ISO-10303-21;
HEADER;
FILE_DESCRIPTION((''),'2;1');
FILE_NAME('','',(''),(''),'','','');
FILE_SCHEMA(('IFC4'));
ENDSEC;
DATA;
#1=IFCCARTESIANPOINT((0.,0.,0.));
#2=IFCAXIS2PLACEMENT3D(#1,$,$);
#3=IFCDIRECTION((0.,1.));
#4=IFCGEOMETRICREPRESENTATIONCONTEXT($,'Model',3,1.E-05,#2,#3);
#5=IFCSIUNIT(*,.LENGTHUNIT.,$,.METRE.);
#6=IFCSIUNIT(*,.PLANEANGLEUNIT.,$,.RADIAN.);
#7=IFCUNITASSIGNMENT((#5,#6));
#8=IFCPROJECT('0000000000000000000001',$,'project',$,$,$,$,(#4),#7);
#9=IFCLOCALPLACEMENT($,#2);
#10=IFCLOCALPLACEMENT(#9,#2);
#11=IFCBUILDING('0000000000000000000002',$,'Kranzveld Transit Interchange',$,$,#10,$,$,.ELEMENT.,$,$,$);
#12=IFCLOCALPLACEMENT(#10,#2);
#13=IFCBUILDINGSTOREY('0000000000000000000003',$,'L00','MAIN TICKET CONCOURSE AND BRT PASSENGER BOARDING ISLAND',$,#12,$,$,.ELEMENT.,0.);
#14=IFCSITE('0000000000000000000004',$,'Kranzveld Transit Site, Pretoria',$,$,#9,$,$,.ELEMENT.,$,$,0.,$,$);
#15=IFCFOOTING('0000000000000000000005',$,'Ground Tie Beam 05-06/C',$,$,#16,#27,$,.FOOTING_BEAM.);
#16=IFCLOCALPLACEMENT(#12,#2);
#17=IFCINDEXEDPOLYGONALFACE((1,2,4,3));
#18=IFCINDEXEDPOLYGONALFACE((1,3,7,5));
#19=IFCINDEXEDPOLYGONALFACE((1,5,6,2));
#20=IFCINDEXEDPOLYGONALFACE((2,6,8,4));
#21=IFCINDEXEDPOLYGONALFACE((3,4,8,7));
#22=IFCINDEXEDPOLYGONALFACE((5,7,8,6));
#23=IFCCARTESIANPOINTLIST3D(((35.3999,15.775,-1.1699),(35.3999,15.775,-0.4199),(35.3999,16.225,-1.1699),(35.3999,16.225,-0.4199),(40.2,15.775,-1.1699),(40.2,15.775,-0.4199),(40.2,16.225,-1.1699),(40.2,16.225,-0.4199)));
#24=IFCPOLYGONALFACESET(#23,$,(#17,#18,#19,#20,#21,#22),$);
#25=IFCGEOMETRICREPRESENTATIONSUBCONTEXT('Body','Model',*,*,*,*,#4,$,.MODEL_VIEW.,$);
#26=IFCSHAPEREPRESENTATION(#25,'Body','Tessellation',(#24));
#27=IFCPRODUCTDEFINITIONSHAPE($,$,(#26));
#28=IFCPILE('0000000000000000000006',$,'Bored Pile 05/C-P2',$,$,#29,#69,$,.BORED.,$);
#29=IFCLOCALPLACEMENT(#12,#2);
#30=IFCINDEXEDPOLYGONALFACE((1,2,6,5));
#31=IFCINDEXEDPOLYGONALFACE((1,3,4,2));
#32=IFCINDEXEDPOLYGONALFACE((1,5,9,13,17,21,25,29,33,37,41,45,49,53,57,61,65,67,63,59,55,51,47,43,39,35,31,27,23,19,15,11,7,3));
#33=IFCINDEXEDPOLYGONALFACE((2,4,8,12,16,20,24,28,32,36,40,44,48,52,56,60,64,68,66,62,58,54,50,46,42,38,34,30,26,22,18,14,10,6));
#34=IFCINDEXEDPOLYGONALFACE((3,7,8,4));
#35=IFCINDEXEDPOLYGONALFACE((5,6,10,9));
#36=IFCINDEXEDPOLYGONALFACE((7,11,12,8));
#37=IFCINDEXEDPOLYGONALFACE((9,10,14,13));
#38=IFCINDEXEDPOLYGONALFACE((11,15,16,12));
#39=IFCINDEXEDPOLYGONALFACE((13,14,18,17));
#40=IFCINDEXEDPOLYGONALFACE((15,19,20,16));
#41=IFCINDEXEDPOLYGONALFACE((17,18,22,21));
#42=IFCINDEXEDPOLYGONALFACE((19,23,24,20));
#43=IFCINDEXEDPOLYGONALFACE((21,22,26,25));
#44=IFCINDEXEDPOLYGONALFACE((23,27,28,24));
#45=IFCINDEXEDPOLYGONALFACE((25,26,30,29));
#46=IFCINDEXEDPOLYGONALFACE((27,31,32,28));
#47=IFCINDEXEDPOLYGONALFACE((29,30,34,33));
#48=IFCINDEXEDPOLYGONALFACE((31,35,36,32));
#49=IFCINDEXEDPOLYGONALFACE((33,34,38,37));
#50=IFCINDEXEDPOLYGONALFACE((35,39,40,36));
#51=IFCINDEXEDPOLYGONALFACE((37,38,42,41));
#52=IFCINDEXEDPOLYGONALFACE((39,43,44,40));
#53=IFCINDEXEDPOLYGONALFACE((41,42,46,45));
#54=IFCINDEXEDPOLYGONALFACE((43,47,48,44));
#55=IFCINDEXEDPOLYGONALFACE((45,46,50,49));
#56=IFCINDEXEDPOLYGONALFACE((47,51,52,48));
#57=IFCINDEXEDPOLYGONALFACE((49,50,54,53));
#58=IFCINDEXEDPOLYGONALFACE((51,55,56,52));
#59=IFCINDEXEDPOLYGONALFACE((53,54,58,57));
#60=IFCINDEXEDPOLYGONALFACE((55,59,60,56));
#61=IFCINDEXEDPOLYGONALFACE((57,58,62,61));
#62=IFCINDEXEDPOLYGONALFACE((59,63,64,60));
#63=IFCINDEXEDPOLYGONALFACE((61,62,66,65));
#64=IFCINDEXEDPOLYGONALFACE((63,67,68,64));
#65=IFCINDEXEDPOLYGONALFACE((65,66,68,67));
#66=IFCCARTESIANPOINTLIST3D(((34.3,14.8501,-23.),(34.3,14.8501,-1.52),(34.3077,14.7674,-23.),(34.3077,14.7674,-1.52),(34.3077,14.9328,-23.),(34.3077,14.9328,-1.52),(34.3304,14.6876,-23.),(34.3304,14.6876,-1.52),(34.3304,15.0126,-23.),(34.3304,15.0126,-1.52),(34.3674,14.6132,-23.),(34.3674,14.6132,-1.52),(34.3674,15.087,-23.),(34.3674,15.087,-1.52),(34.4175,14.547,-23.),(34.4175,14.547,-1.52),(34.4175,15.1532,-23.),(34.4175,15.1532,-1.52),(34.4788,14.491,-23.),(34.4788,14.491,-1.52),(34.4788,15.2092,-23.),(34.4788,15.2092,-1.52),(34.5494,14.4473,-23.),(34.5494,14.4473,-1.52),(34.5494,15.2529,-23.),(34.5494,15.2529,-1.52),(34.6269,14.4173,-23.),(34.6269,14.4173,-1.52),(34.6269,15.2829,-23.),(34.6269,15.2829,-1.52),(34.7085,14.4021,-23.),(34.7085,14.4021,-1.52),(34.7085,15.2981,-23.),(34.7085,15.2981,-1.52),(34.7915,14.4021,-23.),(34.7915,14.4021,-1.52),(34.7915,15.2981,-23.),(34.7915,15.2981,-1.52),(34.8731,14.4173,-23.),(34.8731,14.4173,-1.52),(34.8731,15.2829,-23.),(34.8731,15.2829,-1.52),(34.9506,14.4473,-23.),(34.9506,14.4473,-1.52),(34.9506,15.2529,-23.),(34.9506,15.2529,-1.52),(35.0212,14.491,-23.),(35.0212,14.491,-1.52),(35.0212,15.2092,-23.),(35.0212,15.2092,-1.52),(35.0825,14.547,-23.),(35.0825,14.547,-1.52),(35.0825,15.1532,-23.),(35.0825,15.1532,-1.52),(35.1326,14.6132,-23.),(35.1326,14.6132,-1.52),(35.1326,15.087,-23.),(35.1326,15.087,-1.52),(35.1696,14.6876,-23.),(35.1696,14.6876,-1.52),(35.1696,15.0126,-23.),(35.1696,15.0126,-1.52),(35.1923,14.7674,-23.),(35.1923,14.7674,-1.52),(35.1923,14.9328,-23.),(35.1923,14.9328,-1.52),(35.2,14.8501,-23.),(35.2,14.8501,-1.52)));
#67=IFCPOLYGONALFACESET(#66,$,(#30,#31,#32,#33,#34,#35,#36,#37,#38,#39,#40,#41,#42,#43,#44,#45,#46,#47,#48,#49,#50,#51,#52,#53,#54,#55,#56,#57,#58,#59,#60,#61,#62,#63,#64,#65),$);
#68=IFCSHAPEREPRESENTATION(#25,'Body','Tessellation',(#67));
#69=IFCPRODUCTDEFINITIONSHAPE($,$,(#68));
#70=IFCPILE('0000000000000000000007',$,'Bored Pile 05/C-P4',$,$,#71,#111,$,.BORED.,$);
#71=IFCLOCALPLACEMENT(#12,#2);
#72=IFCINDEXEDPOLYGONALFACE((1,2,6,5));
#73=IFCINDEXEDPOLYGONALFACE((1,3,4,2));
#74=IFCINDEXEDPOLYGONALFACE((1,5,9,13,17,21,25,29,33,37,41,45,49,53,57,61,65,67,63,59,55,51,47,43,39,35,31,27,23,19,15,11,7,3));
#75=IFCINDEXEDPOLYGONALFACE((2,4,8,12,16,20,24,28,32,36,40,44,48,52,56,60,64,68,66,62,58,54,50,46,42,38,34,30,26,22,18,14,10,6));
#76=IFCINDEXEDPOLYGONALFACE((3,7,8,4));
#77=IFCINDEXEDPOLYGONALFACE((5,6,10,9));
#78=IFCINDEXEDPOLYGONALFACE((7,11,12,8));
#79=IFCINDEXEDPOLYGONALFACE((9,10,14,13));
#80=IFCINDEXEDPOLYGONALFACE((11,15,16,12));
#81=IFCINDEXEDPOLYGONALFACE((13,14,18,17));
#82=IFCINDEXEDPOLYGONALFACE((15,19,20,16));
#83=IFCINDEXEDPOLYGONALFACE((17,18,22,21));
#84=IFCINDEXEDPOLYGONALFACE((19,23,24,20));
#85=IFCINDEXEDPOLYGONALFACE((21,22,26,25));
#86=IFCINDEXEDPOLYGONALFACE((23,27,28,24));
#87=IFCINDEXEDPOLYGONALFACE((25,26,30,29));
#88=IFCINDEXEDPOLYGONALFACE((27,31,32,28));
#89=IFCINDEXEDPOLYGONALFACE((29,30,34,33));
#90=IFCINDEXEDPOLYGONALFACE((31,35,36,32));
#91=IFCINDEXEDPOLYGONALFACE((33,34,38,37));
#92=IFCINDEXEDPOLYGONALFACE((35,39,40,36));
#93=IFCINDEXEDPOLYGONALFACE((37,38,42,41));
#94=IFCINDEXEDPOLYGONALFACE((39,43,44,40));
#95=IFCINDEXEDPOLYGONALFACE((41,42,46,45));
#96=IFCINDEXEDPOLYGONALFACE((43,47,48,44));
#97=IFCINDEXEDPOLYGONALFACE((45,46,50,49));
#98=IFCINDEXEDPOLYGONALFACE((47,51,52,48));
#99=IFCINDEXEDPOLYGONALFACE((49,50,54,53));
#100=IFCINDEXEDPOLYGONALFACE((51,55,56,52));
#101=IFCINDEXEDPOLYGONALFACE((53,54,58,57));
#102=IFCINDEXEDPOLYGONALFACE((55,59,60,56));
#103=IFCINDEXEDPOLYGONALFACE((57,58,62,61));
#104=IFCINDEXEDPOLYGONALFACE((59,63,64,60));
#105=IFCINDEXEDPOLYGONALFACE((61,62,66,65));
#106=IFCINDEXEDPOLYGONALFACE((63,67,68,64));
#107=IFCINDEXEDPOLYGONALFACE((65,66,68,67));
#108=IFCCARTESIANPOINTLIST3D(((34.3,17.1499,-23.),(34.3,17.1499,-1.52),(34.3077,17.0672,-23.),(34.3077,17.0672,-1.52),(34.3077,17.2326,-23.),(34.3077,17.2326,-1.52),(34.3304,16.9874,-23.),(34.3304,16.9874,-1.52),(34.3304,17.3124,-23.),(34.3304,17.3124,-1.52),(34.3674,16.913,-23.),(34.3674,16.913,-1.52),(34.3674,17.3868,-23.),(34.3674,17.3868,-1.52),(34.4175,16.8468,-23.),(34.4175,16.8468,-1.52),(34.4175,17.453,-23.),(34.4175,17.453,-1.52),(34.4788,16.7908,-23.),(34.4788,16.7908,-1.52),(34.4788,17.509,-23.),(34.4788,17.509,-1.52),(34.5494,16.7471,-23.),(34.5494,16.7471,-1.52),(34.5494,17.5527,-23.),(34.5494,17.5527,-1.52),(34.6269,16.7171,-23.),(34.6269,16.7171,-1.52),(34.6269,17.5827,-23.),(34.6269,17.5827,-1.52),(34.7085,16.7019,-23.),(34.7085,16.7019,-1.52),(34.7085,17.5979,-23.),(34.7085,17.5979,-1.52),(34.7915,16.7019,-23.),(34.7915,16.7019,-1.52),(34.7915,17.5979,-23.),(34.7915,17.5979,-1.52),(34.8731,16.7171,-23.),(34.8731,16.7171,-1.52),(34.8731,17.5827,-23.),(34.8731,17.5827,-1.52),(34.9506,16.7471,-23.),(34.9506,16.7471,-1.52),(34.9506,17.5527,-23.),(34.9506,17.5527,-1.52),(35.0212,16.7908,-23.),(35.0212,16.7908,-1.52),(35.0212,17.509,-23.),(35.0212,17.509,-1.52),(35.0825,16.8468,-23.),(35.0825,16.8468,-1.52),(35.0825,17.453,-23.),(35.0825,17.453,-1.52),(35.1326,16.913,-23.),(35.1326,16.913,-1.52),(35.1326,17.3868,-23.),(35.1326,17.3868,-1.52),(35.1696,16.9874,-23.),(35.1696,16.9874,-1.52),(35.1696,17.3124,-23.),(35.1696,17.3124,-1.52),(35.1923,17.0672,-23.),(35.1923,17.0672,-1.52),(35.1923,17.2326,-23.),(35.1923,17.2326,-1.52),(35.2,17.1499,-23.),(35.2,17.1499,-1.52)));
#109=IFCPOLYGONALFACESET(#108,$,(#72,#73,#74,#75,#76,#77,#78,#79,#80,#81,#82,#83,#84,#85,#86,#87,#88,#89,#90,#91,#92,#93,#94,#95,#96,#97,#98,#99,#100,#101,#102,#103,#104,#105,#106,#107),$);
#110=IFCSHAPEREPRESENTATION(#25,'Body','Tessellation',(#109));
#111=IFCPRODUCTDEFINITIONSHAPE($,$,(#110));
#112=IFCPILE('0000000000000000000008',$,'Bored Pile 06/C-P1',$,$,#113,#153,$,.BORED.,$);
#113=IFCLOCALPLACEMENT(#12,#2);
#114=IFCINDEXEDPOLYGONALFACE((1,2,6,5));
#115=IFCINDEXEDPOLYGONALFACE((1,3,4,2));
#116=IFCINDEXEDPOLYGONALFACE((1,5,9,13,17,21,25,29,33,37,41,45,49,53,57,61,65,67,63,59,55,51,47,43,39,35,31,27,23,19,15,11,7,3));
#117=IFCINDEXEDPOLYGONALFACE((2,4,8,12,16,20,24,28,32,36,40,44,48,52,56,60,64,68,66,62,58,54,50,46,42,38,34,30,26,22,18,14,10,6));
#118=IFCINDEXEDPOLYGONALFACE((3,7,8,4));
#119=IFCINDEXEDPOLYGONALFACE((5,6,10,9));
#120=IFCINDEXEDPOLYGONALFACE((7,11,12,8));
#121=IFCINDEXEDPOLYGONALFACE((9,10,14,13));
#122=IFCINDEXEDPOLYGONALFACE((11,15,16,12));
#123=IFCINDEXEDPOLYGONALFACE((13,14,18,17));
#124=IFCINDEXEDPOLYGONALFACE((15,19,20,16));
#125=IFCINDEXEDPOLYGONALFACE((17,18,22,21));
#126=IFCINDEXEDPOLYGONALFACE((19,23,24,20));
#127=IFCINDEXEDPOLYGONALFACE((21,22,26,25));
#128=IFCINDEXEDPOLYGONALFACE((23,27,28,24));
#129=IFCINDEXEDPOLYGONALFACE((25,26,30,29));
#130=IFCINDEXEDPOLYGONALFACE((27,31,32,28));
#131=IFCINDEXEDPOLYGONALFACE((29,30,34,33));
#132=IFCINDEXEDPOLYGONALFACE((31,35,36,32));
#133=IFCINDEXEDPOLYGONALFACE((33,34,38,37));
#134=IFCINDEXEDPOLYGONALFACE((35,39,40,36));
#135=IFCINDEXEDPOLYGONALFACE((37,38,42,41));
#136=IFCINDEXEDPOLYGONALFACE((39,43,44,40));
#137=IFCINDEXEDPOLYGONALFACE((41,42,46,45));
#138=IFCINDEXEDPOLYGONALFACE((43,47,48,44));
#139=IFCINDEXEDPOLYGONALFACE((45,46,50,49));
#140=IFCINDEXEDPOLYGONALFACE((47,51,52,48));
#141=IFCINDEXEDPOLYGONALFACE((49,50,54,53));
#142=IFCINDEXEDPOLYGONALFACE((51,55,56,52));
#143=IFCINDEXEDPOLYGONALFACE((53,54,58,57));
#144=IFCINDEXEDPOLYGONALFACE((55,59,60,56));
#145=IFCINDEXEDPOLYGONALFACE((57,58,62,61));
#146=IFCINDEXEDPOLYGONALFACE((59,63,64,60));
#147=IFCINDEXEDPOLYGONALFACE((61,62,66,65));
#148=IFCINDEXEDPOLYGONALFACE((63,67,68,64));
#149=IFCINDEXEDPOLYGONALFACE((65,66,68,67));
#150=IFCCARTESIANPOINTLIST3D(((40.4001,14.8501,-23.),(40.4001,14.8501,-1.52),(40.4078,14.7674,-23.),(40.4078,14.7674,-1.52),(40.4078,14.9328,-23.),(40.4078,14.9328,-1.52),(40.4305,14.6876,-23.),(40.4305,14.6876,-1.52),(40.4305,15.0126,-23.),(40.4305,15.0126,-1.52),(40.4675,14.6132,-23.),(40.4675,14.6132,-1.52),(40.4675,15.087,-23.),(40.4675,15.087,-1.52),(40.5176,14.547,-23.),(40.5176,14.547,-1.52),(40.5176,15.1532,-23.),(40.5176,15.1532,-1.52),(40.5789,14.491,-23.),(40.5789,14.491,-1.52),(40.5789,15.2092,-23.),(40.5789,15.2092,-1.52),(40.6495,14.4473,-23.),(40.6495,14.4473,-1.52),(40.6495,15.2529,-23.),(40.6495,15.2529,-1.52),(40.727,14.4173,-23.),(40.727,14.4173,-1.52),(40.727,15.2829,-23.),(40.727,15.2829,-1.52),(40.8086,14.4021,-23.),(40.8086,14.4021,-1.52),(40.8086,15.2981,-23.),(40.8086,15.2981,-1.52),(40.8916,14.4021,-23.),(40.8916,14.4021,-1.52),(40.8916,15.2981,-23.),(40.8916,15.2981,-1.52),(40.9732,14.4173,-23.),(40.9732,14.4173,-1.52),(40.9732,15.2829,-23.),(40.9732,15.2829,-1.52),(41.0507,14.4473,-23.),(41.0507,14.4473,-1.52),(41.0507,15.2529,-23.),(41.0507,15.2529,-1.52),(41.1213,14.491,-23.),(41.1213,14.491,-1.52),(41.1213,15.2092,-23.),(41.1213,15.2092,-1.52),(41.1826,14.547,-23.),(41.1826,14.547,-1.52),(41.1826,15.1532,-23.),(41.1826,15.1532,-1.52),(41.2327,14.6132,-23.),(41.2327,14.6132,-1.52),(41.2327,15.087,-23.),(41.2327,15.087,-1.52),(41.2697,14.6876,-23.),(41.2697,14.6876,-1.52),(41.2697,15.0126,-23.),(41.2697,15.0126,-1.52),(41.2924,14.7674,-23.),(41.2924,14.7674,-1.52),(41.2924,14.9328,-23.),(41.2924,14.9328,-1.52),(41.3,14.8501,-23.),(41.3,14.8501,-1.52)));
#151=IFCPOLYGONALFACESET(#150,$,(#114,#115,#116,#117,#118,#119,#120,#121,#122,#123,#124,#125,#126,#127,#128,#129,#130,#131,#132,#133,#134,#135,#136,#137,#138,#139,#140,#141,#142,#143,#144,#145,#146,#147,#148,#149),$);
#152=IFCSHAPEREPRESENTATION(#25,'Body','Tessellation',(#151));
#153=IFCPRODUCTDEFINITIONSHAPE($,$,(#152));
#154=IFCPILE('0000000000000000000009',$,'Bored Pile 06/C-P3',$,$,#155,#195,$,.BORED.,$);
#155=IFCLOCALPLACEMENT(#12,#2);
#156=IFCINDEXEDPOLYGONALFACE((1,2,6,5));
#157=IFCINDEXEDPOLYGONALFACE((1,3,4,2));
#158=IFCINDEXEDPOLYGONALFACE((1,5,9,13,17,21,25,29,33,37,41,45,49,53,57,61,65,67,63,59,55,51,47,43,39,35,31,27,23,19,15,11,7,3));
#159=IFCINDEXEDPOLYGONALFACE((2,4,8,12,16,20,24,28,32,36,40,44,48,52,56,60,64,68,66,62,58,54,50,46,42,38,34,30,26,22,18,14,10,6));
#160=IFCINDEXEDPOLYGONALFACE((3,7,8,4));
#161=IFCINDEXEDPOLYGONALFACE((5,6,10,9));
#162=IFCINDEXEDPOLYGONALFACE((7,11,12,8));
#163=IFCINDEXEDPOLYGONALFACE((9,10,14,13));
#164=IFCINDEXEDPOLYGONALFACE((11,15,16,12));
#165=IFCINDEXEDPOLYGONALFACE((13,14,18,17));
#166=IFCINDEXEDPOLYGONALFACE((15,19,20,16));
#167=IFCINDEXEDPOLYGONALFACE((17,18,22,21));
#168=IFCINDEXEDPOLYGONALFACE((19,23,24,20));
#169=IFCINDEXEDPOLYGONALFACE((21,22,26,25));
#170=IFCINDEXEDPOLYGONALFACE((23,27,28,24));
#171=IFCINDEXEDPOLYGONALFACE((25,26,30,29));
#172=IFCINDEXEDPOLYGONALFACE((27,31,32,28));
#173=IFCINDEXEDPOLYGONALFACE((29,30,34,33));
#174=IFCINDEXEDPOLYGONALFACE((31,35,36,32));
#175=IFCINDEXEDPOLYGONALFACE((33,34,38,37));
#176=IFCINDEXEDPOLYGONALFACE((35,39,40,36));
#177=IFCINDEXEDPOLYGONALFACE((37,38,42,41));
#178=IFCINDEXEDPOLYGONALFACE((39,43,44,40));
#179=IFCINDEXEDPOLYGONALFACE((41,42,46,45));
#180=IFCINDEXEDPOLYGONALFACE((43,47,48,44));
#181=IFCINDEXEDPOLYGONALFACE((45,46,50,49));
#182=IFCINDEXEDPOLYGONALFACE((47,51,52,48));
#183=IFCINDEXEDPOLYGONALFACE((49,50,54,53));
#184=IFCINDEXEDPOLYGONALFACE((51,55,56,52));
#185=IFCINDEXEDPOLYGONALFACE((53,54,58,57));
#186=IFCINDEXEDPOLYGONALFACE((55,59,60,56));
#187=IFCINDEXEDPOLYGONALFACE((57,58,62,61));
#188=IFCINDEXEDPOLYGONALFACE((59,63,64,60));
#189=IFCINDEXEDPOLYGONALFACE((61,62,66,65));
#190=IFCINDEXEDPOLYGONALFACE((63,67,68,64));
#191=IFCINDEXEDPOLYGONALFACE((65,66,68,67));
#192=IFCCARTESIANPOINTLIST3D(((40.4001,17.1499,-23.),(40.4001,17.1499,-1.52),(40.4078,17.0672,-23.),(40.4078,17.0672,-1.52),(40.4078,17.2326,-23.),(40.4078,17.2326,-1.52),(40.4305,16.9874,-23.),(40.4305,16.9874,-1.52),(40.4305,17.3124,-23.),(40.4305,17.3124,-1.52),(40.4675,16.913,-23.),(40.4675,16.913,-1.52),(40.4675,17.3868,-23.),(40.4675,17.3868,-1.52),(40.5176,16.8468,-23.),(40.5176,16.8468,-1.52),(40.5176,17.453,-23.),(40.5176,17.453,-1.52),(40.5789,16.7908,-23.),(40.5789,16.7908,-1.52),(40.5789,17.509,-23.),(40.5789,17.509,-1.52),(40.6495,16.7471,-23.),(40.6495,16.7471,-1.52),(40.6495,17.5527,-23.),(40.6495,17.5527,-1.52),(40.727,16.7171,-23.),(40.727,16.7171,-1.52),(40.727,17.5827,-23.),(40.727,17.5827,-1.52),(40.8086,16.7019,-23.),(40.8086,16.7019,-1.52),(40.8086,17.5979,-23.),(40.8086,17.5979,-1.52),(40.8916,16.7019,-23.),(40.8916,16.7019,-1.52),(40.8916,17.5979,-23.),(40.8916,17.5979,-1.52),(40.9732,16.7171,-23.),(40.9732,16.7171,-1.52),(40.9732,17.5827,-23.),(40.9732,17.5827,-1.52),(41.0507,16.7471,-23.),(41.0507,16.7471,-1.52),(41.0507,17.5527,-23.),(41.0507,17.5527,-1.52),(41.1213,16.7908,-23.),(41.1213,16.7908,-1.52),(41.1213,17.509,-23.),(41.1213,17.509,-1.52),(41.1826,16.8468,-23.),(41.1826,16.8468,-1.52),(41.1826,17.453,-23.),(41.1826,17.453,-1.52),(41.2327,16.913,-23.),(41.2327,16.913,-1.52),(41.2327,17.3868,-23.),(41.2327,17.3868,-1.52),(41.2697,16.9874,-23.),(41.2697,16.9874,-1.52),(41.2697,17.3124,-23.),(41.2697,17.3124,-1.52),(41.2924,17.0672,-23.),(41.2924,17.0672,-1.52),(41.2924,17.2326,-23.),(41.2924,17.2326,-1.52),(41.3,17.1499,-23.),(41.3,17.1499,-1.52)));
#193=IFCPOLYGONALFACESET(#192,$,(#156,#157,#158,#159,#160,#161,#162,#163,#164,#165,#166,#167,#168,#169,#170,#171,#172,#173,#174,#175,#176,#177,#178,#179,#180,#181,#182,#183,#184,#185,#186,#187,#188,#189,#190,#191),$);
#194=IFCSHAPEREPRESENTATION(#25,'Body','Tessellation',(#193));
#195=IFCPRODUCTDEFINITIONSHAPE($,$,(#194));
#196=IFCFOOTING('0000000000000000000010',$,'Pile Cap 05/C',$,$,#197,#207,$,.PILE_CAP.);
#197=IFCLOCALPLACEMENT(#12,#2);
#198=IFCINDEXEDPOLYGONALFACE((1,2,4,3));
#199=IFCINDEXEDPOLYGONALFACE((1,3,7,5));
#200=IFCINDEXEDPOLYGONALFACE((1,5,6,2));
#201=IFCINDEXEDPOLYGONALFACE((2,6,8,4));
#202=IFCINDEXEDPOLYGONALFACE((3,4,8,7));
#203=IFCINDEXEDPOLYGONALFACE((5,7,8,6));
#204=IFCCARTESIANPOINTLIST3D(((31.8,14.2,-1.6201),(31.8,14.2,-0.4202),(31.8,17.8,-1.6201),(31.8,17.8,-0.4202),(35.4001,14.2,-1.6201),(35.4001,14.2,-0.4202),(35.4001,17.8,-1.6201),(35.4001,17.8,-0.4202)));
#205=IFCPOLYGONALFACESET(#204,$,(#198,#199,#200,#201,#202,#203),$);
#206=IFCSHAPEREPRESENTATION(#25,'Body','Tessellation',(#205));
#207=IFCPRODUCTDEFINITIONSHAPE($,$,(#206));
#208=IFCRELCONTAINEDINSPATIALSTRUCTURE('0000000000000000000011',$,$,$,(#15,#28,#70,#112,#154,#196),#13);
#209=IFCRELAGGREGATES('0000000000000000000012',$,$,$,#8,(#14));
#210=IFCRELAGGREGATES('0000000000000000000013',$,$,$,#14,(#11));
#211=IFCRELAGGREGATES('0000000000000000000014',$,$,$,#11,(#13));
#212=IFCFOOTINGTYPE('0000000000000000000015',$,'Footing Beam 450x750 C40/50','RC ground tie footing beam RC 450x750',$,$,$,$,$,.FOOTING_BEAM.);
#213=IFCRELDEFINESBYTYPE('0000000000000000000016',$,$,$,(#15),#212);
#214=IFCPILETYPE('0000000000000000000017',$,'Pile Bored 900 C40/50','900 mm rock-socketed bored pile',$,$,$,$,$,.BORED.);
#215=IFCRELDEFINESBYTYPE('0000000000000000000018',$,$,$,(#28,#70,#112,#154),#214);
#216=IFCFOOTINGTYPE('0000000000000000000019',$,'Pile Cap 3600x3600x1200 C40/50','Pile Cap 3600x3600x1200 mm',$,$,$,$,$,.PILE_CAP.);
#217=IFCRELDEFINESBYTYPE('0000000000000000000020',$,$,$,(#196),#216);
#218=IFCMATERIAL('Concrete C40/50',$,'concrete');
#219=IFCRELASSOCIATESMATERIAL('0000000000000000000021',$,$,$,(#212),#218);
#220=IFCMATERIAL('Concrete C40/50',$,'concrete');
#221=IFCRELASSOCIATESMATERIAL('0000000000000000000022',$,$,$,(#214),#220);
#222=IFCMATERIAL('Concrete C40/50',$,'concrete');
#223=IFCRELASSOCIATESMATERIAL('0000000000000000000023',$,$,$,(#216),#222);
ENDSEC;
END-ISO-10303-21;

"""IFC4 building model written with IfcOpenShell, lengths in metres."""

from ifc_helpers import new_model, si_unit, direction, frame, origin, origin_2d, place, context, subcontext, project, spatial, rectangle, circle, extrude, material, material_profile, profile_set, type_object, element, save


model = new_model("IFC4")

# Units and contexts
model_context = context("Model", 3, precision=1e-05, world=origin(), true_north=direction((0.0, 1.0)))
body_context = subcontext(model_context, "Body", "Model", "MODEL_VIEW")
ifc_project = project(units=[si_unit("LENGTHUNIT", "METRE"), si_unit("PLANEANGLEUNIT", "RADIAN")], contexts=[model_context])

# Site, building, storey
site_placement = place(None, origin())
site = spatial("IfcSite", under=ifc_project, at=site_placement, Name="Kranzveld Transit Site, Pretoria", CompositionType="ELEMENT", RefElevation=0.0)
building_placement = place(site_placement, origin())
building = spatial("IfcBuilding", under=site, at=building_placement, Name="Kranzveld Transit Interchange", CompositionType="ELEMENT")
storey_placement = place(building_placement, origin())
storey = spatial("IfcBuildingStorey", under=building, at=storey_placement, Name="L00", Description="MAIN TICKET CONCOURSE AND BRT PASSENGER BOARDING ISLAND", CompositionType="ELEMENT", Elevation=0.0)

# Footing
ifc_material_1 = material(Name="Concrete C40/50", Category="concrete")
ifc_material_profile_1 = material_profile(ifc_material_1, rectangle(XDim=0.45, YDim=0.75, at=origin_2d()), Name="RC 450x750")
ifc_profile_set_1 = profile_set([ifc_material_profile_1], Name="Concrete C40/50")
footing_type_1 = type_object("IfcFootingType", Name="Footing Beam 450x750 C40/50", Description="RC ground tie footing beam RC 450x750", PredefinedType="FOOTING_BEAM", material=ifc_profile_set_1)
footing_placement = place(storey_placement, frame((35.3999, 16.0, -0.7949), z_axis=(1.0, 0.0, 0.0), x_axis=(0.0, 1.0, 0.0)))
element("IfcFooting", 1, at=footing_placement, inside=storey, type_object=footing_type_1, Name="Ground Tie Beam 05-06/C", PredefinedType="FOOTING_BEAM", context=body_context, shape_type="SweptSolid", body=[
    extrude(rectangle(XDim=0.45, YDim=0.75, at=origin_2d()), origin(), (0.0, 0.0, 1.0), 4.8),
])

# Piles
ifc_material_2 = material(Name="Concrete C40/50", Category="concrete")
ifc_material_profile_2 = material_profile(ifc_material_2, circle(Radius=0.45, at=origin_2d()), Name="BORED PILE 900")
ifc_profile_set_2 = profile_set([ifc_material_profile_2], Name="Concrete C40/50")
pile_type = type_object("IfcPileType", Name="Pile Bored 900 C40/50", Description="900 mm rock-socketed bored pile", PredefinedType="BORED", material=ifc_profile_set_2)
for number, where, z_axis, x_axis, name in (
    (2, (34.75, 14.8501, -1.52), (0.0, 0.0, -1.0), (1.0, 0.0, 0.0), "Bored Pile 05/C-P2"),
    (3, (34.75, 17.1499, -1.52), (0.0, 0.0, -1.0), (1.0, 0.0, 0.0), "Bored Pile 05/C-P4"),
    (4, (40.8501, 14.8501, -1.52), (0.0, 0.0, -1.0), (1.0, 0.0, 0.0), "Bored Pile 06/C-P1"),
    (5, (40.8501, 17.1499, -1.52), (0.0, 0.0, -1.0), (1.0, 0.0, 0.0), "Bored Pile 06/C-P3"),
):
    element("IfcPile", number, at=place(storey_placement, frame(where, z_axis=z_axis, x_axis=x_axis)), inside=storey, type_object=pile_type, Name=name, PredefinedType="BORED", context=body_context, shape_type="SweptSolid", body=[
        extrude(circle(Radius=0.45, at=origin_2d()), origin(), (0.0, 0.0, 1.0), 21.48),
    ])

# Footing
ifc_material_3 = material(Name="Concrete C40/50", Category="concrete")
footing_type_2 = type_object("IfcFootingType", Name="Pile Cap 3600x3600x1200 C40/50", Description="Pile Cap 3600x3600x1200 mm", PredefinedType="PILE_CAP", material=ifc_material_3)
for number, where, z_axis, x_axis, name in (
    (6, (33.6001, 16.0, -1.6201), (0.0, 0.0, 1.0), (1.0, 0.0, 0.0), "Pile Cap 05/C"),
):
    element("IfcFooting", number, at=place(storey_placement, frame(where, z_axis=z_axis, x_axis=x_axis)), inside=storey, type_object=footing_type_2, Name=name, PredefinedType="PILE_CAP", context=body_context, shape_type="SweptSolid", body=[
        extrude(rectangle(XDim=3.6001, YDim=3.6001, at=origin_2d()), origin(), (0.0, 0.0, 1.0), 1.2),
    ])

save(model, "model.ifc")
